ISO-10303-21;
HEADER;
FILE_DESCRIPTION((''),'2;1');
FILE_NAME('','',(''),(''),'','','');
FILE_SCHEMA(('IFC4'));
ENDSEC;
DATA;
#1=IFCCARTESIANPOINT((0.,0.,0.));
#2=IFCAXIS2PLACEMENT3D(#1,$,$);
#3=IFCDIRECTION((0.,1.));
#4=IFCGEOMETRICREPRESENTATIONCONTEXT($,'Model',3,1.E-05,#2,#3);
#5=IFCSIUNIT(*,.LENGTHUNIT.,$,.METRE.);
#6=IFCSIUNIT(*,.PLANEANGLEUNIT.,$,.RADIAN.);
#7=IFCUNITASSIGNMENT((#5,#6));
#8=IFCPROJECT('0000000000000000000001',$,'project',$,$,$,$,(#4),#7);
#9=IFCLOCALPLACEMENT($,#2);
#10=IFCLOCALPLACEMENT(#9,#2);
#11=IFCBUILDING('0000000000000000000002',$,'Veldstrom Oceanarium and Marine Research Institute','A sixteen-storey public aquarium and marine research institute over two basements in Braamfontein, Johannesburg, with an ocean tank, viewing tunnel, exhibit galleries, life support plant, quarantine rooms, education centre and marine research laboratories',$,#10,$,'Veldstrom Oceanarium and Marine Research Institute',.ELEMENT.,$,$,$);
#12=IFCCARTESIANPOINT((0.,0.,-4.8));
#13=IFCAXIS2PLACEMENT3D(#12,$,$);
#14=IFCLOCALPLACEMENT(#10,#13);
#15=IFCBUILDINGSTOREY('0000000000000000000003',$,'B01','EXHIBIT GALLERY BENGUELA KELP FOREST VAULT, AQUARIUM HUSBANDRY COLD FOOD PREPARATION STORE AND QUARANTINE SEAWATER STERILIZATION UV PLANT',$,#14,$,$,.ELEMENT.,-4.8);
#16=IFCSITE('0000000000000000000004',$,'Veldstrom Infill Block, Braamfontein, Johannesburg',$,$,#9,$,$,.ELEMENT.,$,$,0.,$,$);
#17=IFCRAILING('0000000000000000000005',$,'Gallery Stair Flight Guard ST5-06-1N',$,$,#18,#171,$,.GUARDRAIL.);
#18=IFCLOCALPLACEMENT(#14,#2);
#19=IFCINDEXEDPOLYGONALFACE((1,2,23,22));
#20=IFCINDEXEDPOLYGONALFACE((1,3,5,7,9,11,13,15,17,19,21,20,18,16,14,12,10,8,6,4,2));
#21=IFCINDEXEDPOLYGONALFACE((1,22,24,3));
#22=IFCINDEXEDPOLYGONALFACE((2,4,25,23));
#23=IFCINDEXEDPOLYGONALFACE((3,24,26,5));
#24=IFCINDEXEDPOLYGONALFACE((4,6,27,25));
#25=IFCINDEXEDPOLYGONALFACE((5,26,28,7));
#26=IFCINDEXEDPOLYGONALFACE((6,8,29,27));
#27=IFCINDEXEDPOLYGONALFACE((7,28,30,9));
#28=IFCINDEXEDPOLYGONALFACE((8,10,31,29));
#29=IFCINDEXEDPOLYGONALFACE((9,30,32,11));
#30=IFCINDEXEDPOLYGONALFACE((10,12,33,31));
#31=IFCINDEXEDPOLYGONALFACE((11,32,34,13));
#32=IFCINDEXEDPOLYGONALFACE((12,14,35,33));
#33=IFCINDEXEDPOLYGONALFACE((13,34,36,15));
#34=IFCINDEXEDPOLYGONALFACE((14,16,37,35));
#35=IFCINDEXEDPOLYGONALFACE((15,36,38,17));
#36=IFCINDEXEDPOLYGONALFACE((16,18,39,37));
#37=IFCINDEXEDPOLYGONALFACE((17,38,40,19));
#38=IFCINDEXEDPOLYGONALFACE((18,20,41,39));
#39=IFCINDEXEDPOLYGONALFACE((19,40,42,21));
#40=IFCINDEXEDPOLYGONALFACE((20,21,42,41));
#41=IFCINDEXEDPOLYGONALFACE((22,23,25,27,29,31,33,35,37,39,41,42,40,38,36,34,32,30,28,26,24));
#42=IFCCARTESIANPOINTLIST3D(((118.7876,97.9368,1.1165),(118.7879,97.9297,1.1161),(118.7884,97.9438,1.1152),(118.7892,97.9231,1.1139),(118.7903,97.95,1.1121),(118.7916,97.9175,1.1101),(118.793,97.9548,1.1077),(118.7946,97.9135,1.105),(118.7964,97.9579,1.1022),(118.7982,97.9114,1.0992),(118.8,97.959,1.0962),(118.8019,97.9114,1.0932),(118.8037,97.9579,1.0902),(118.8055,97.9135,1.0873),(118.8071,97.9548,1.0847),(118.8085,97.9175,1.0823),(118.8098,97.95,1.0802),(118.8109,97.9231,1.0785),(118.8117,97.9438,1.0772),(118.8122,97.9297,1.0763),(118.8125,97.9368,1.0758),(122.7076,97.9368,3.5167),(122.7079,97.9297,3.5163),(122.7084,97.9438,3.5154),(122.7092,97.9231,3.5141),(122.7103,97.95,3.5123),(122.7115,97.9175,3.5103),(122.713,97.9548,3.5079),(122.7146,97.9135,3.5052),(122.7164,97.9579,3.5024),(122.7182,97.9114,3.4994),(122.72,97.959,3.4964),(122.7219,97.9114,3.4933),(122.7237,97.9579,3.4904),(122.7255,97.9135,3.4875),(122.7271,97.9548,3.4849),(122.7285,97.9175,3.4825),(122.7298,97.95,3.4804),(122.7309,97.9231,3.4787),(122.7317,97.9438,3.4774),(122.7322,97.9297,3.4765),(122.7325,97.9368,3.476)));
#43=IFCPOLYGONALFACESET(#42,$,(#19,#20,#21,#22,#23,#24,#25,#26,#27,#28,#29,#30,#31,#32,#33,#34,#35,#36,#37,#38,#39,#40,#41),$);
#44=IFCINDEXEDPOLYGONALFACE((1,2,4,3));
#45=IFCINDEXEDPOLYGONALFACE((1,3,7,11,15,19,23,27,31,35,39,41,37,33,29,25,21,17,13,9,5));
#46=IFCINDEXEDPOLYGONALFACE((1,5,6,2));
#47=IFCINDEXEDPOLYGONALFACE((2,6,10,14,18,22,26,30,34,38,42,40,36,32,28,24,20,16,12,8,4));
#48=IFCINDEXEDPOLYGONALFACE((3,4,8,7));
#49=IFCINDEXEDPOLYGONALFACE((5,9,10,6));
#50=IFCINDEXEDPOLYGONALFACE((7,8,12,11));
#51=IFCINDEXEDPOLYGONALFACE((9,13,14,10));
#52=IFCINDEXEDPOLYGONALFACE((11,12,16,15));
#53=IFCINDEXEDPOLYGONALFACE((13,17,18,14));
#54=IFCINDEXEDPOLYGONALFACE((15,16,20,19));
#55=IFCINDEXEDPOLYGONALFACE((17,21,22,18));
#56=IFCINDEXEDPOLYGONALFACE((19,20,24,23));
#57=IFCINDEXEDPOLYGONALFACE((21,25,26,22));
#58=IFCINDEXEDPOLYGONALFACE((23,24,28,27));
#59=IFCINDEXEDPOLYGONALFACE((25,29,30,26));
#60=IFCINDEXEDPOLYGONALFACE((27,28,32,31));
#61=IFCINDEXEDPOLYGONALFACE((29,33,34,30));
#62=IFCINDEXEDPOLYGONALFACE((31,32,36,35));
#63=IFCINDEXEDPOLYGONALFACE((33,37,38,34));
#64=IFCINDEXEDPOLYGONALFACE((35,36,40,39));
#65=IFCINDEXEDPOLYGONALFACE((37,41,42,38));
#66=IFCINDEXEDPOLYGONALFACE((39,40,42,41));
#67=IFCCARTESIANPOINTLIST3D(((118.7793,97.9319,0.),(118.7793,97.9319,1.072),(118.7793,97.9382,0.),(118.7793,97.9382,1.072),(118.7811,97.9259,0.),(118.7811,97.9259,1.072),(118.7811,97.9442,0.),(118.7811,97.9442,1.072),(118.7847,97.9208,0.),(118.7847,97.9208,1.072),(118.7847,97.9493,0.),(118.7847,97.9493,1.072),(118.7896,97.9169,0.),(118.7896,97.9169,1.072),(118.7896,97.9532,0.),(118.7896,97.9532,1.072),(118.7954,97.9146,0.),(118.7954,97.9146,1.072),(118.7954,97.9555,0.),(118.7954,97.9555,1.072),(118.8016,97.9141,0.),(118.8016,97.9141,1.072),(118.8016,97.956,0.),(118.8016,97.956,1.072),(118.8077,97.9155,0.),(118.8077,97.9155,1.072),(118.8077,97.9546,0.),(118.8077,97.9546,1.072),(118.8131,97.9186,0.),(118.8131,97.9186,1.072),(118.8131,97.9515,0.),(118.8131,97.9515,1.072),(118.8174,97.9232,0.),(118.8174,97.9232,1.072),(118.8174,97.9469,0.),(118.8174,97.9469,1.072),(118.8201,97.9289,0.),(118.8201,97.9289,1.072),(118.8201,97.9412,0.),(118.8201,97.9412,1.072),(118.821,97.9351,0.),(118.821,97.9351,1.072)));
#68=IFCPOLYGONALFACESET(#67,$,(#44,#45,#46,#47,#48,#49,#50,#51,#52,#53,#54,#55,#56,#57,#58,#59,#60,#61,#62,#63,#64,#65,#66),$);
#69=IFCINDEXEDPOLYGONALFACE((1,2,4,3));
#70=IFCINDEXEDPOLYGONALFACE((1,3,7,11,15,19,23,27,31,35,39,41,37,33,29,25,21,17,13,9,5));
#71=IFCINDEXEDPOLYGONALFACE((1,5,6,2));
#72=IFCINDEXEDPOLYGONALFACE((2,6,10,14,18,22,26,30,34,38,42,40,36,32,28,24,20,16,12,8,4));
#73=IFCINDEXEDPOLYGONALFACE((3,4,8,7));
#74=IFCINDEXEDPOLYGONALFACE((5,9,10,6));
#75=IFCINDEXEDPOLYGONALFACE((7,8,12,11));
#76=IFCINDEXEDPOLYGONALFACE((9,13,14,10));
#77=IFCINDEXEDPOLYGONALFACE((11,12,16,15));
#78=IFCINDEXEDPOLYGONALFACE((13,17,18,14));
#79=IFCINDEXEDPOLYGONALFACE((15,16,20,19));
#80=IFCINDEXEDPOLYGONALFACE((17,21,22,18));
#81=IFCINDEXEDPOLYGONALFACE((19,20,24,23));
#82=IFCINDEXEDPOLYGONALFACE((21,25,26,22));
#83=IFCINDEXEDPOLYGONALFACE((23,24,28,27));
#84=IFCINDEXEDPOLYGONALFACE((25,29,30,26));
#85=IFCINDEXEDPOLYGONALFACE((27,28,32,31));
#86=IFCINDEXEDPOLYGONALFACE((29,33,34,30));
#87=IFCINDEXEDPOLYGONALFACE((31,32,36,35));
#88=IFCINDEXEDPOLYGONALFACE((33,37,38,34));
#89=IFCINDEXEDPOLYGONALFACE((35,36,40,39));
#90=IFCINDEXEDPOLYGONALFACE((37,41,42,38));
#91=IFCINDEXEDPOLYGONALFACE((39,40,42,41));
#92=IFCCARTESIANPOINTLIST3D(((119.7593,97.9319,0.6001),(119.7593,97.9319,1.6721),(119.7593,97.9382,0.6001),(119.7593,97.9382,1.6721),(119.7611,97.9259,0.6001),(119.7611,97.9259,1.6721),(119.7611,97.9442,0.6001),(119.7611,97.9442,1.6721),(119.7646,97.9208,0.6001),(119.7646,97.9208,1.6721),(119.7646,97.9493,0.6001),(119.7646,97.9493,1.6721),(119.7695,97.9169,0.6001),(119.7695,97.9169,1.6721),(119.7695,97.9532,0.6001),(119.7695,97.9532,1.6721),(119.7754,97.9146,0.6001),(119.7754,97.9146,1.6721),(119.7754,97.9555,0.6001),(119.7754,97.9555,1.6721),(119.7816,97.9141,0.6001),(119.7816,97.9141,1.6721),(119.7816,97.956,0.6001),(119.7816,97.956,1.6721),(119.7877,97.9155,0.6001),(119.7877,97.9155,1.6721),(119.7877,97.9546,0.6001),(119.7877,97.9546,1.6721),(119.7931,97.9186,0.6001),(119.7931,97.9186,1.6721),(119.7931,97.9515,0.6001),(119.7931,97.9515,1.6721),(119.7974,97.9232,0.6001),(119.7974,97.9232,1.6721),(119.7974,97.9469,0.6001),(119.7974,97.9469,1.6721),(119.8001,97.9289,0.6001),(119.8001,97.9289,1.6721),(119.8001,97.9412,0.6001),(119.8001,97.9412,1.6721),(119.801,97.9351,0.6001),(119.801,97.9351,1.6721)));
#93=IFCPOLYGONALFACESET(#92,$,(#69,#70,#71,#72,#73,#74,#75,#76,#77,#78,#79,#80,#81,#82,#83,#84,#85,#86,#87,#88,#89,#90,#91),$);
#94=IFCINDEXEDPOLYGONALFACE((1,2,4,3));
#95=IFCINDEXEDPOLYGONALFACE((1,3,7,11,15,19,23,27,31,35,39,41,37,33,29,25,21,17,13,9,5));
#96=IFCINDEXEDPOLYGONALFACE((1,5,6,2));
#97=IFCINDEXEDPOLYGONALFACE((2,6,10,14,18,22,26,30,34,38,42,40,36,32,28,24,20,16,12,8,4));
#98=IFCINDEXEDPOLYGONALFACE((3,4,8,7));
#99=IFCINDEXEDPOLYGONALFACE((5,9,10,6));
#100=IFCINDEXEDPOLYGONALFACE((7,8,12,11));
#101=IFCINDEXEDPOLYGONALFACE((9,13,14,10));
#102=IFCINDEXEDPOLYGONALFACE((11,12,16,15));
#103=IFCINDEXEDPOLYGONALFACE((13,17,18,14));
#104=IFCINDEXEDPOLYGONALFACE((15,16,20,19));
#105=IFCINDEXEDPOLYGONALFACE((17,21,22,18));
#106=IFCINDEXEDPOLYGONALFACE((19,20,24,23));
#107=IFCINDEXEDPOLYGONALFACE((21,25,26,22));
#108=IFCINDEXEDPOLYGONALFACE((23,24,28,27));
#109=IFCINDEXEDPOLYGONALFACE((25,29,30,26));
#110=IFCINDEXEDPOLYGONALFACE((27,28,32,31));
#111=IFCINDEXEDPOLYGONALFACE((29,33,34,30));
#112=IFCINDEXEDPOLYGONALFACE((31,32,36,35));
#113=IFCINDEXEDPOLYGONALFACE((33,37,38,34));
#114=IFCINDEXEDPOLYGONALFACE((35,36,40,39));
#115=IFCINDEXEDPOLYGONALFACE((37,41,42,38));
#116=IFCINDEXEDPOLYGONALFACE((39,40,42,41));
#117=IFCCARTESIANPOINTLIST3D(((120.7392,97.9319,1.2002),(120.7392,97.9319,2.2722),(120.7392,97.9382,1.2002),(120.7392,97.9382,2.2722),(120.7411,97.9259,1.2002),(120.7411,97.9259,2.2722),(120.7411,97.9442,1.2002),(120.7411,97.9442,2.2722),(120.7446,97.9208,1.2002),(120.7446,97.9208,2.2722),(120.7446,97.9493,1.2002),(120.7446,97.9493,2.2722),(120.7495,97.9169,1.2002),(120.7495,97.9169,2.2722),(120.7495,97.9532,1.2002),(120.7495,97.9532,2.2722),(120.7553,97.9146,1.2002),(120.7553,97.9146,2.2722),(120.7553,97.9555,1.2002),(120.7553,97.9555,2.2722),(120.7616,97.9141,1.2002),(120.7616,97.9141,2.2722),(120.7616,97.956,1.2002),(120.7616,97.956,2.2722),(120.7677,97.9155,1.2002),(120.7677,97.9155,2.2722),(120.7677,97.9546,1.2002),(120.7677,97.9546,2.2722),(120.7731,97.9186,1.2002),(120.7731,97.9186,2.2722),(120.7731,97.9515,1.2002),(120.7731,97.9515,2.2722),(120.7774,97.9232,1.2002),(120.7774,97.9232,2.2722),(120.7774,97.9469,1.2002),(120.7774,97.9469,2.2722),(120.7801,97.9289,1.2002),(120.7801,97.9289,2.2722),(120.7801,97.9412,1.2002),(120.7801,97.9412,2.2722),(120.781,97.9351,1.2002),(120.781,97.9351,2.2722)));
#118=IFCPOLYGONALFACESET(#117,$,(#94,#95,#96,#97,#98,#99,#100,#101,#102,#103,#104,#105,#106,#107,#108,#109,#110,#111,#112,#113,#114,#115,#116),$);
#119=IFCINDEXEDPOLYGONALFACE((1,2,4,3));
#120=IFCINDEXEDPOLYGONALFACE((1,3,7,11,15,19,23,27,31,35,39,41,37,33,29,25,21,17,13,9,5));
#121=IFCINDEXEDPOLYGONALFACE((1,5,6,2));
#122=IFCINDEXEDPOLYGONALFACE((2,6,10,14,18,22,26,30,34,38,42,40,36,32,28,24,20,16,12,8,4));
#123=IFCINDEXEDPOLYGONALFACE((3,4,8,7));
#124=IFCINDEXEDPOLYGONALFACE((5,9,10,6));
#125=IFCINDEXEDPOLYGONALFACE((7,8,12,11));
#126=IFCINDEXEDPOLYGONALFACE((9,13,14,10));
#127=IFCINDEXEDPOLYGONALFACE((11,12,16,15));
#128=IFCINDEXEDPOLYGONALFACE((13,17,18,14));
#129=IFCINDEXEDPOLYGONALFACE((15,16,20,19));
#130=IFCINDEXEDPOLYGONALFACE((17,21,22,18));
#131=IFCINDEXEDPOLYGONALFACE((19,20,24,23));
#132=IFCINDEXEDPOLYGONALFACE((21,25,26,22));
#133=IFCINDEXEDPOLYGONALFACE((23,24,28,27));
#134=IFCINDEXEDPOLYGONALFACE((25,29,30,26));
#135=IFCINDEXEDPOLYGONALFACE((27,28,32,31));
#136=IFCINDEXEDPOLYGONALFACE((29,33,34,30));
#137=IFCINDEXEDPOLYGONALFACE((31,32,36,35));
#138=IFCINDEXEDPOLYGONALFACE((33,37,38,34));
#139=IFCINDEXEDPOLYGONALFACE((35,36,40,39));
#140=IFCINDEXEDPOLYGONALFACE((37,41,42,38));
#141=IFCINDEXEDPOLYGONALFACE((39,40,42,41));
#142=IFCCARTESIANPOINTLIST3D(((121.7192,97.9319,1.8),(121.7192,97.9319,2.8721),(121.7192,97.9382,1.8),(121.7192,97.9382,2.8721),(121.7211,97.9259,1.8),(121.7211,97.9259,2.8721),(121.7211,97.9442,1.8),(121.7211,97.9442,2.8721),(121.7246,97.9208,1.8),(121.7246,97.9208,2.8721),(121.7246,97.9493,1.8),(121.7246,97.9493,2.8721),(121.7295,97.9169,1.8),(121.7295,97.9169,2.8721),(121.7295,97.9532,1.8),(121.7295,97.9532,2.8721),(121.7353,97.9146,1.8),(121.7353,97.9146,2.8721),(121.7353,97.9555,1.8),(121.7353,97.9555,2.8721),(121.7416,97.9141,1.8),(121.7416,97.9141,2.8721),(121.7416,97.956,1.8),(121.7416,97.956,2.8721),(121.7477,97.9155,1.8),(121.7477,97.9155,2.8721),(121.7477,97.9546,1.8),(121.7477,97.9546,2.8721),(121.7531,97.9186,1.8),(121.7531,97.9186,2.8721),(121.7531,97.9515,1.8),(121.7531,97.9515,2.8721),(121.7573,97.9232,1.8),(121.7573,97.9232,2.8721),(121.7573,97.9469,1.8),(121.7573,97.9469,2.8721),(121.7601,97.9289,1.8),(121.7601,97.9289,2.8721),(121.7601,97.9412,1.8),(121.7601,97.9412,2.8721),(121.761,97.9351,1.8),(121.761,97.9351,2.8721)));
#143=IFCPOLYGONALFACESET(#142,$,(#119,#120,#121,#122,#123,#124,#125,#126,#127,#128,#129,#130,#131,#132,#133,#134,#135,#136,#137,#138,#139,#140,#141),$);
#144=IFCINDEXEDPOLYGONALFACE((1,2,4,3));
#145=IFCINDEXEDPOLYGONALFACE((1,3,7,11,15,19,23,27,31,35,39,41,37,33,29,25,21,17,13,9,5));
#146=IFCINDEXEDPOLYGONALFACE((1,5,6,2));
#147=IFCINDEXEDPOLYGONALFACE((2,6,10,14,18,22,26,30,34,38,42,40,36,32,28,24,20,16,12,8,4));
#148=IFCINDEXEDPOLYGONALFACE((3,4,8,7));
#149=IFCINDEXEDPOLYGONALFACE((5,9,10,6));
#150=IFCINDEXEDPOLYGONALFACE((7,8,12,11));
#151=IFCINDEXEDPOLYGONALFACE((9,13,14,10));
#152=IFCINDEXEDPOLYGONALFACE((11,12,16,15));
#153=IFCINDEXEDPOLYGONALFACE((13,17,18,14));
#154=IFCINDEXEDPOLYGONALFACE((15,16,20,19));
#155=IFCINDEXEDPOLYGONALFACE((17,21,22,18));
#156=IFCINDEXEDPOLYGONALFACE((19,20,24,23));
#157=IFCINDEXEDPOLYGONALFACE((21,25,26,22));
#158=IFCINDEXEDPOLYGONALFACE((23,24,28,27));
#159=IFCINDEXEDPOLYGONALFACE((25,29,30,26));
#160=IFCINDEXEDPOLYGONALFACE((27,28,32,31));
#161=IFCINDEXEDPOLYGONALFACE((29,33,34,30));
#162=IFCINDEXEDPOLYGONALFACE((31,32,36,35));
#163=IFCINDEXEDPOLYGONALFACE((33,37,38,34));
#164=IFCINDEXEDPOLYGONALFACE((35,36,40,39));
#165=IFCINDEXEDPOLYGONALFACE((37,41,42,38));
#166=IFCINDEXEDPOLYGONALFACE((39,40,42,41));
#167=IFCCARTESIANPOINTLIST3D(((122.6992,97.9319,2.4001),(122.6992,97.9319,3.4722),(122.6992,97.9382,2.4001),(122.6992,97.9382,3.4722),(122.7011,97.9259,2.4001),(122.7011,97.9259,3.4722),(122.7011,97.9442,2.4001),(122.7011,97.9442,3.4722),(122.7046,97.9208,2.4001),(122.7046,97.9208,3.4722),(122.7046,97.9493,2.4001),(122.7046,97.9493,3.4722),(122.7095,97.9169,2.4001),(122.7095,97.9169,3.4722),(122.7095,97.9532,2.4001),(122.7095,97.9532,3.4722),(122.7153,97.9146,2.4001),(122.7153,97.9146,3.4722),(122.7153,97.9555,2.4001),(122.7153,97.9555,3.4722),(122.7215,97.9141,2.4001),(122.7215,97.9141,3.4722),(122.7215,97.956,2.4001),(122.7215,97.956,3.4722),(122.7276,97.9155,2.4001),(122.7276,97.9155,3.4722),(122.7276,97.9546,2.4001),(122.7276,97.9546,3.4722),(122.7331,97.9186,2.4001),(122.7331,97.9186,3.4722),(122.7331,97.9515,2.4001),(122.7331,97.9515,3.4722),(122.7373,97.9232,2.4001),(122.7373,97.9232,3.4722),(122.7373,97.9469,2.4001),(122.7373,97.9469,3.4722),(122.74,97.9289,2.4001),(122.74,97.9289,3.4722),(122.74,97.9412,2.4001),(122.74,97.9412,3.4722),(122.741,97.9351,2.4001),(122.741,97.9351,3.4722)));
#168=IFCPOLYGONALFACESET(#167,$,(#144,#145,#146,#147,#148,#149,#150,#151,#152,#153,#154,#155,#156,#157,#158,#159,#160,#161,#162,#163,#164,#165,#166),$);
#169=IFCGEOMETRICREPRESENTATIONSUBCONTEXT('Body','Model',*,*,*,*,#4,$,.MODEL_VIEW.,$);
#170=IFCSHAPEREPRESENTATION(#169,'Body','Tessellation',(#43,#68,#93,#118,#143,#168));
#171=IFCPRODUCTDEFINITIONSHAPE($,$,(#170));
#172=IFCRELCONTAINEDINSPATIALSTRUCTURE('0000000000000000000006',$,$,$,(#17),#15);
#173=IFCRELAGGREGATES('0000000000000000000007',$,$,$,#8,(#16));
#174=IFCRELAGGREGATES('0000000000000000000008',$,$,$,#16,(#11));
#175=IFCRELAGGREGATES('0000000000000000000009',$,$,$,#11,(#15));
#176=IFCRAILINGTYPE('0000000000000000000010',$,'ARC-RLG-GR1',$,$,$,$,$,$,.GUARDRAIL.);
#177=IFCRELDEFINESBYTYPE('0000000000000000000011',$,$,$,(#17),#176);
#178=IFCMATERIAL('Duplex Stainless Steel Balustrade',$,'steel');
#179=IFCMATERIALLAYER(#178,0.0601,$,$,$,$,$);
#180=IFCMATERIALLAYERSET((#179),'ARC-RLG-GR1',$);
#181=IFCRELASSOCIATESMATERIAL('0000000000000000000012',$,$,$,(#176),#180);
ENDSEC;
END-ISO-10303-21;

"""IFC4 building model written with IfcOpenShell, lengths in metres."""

from ifc_helpers import new_model, si_unit, direction, frame, origin, origin_2d, place, context, subcontext, project, spatial, circle, extrude, material, layer, layer_set, type_object, element, save


model = new_model("IFC4")

# Units and contexts
model_context = context("Model", 3, precision=1e-05, world=origin(), true_north=direction((0.0, 1.0)))
body_context = subcontext(model_context, "Body", "Model", "MODEL_VIEW")
ifc_project = project(units=[si_unit("LENGTHUNIT", "METRE"), si_unit("PLANEANGLEUNIT", "RADIAN")], contexts=[model_context])

# Site, building, storey
site_placement = place(None, origin())
site = spatial("IfcSite", under=ifc_project, at=site_placement, Name="Veldstrom Infill Block, Braamfontein, Johannesburg", CompositionType="ELEMENT", RefElevation=0.0)
building_placement = place(site_placement, origin())
building = spatial("IfcBuilding", under=site, at=building_placement, Name="Veldstrom Oceanarium and Marine Research Institute", Description="A sixteen-storey public aquarium and marine research institute over two basements in Braamfontein, Johannesburg, with an ocean tank, viewing tunnel, exhibit galleries, life support plant, quarantine rooms, education centre and marine research laboratories", LongName="Veldstrom Oceanarium and Marine Research Institute", CompositionType="ELEMENT")
storey_placement = place(building_placement, frame((0.0, 0.0, -4.8)))
storey = spatial("IfcBuildingStorey", under=building, at=storey_placement, Name="B01", Description="EXHIBIT GALLERY BENGUELA KELP FOREST VAULT, AQUARIUM HUSBANDRY COLD FOOD PREPARATION STORE AND QUARANTINE SEAWATER STERILIZATION UV PLANT", CompositionType="ELEMENT", Elevation=-4.8)

# Railing
ifc_material_1 = material(Name="Duplex Stainless Steel Balustrade", Category="steel")
ifc_layer_1 = layer(ifc_material_1, 0.0601)
ifc_layer_set_1 = layer_set([ifc_layer_1], Name="ARC-RLG-GR1")
railing_type = type_object("IfcRailingType", Name="ARC-RLG-GR1", PredefinedType="GUARDRAIL", material=ifc_layer_set_1)
railing_1_placement = place(storey_placement, frame((118.8, 97.9351, 0.0)))
element("IfcRailing", 1, at=railing_1_placement, inside=storey, type_object=railing_type, Name="Gallery Stair Flight Guard ST5-06-1N", PredefinedType="GUARDRAIL", context=body_context, shape_type="SweptSolid", body=[
    extrude(circle(Radius=0.0239, at=origin_2d()), frame((0.0, 0.0, 1.0962), z_axis=(0.852832, 0.0, 0.522185), x_axis=(0.0, 1.0, 0.0)), (0.0, 0.0, 1.0), 4.5964),
    extrude(circle(Radius=0.021, at=origin_2d()), origin(), (0.0, 0.0, 1.0), 1.072),
    extrude(circle(Radius=0.021, at=origin_2d()), frame((0.98, 0.0, 0.6001)), (0.0, 0.0, 1.0), 1.072),
    extrude(circle(Radius=0.021, at=origin_2d()), frame((1.96, 0.0, 1.2002)), (0.0, 0.0, 1.0), 1.072),
    extrude(circle(Radius=0.021, at=origin_2d()), frame((2.9399, 0.0, 1.8)), (0.0, 0.0, 1.0), 1.072),
    extrude(circle(Radius=0.021, at=origin_2d()), frame((3.9199, 0.0, 2.4001)), (0.0, 0.0, 1.0), 1.072),
])

save(model, "model.ifc")
